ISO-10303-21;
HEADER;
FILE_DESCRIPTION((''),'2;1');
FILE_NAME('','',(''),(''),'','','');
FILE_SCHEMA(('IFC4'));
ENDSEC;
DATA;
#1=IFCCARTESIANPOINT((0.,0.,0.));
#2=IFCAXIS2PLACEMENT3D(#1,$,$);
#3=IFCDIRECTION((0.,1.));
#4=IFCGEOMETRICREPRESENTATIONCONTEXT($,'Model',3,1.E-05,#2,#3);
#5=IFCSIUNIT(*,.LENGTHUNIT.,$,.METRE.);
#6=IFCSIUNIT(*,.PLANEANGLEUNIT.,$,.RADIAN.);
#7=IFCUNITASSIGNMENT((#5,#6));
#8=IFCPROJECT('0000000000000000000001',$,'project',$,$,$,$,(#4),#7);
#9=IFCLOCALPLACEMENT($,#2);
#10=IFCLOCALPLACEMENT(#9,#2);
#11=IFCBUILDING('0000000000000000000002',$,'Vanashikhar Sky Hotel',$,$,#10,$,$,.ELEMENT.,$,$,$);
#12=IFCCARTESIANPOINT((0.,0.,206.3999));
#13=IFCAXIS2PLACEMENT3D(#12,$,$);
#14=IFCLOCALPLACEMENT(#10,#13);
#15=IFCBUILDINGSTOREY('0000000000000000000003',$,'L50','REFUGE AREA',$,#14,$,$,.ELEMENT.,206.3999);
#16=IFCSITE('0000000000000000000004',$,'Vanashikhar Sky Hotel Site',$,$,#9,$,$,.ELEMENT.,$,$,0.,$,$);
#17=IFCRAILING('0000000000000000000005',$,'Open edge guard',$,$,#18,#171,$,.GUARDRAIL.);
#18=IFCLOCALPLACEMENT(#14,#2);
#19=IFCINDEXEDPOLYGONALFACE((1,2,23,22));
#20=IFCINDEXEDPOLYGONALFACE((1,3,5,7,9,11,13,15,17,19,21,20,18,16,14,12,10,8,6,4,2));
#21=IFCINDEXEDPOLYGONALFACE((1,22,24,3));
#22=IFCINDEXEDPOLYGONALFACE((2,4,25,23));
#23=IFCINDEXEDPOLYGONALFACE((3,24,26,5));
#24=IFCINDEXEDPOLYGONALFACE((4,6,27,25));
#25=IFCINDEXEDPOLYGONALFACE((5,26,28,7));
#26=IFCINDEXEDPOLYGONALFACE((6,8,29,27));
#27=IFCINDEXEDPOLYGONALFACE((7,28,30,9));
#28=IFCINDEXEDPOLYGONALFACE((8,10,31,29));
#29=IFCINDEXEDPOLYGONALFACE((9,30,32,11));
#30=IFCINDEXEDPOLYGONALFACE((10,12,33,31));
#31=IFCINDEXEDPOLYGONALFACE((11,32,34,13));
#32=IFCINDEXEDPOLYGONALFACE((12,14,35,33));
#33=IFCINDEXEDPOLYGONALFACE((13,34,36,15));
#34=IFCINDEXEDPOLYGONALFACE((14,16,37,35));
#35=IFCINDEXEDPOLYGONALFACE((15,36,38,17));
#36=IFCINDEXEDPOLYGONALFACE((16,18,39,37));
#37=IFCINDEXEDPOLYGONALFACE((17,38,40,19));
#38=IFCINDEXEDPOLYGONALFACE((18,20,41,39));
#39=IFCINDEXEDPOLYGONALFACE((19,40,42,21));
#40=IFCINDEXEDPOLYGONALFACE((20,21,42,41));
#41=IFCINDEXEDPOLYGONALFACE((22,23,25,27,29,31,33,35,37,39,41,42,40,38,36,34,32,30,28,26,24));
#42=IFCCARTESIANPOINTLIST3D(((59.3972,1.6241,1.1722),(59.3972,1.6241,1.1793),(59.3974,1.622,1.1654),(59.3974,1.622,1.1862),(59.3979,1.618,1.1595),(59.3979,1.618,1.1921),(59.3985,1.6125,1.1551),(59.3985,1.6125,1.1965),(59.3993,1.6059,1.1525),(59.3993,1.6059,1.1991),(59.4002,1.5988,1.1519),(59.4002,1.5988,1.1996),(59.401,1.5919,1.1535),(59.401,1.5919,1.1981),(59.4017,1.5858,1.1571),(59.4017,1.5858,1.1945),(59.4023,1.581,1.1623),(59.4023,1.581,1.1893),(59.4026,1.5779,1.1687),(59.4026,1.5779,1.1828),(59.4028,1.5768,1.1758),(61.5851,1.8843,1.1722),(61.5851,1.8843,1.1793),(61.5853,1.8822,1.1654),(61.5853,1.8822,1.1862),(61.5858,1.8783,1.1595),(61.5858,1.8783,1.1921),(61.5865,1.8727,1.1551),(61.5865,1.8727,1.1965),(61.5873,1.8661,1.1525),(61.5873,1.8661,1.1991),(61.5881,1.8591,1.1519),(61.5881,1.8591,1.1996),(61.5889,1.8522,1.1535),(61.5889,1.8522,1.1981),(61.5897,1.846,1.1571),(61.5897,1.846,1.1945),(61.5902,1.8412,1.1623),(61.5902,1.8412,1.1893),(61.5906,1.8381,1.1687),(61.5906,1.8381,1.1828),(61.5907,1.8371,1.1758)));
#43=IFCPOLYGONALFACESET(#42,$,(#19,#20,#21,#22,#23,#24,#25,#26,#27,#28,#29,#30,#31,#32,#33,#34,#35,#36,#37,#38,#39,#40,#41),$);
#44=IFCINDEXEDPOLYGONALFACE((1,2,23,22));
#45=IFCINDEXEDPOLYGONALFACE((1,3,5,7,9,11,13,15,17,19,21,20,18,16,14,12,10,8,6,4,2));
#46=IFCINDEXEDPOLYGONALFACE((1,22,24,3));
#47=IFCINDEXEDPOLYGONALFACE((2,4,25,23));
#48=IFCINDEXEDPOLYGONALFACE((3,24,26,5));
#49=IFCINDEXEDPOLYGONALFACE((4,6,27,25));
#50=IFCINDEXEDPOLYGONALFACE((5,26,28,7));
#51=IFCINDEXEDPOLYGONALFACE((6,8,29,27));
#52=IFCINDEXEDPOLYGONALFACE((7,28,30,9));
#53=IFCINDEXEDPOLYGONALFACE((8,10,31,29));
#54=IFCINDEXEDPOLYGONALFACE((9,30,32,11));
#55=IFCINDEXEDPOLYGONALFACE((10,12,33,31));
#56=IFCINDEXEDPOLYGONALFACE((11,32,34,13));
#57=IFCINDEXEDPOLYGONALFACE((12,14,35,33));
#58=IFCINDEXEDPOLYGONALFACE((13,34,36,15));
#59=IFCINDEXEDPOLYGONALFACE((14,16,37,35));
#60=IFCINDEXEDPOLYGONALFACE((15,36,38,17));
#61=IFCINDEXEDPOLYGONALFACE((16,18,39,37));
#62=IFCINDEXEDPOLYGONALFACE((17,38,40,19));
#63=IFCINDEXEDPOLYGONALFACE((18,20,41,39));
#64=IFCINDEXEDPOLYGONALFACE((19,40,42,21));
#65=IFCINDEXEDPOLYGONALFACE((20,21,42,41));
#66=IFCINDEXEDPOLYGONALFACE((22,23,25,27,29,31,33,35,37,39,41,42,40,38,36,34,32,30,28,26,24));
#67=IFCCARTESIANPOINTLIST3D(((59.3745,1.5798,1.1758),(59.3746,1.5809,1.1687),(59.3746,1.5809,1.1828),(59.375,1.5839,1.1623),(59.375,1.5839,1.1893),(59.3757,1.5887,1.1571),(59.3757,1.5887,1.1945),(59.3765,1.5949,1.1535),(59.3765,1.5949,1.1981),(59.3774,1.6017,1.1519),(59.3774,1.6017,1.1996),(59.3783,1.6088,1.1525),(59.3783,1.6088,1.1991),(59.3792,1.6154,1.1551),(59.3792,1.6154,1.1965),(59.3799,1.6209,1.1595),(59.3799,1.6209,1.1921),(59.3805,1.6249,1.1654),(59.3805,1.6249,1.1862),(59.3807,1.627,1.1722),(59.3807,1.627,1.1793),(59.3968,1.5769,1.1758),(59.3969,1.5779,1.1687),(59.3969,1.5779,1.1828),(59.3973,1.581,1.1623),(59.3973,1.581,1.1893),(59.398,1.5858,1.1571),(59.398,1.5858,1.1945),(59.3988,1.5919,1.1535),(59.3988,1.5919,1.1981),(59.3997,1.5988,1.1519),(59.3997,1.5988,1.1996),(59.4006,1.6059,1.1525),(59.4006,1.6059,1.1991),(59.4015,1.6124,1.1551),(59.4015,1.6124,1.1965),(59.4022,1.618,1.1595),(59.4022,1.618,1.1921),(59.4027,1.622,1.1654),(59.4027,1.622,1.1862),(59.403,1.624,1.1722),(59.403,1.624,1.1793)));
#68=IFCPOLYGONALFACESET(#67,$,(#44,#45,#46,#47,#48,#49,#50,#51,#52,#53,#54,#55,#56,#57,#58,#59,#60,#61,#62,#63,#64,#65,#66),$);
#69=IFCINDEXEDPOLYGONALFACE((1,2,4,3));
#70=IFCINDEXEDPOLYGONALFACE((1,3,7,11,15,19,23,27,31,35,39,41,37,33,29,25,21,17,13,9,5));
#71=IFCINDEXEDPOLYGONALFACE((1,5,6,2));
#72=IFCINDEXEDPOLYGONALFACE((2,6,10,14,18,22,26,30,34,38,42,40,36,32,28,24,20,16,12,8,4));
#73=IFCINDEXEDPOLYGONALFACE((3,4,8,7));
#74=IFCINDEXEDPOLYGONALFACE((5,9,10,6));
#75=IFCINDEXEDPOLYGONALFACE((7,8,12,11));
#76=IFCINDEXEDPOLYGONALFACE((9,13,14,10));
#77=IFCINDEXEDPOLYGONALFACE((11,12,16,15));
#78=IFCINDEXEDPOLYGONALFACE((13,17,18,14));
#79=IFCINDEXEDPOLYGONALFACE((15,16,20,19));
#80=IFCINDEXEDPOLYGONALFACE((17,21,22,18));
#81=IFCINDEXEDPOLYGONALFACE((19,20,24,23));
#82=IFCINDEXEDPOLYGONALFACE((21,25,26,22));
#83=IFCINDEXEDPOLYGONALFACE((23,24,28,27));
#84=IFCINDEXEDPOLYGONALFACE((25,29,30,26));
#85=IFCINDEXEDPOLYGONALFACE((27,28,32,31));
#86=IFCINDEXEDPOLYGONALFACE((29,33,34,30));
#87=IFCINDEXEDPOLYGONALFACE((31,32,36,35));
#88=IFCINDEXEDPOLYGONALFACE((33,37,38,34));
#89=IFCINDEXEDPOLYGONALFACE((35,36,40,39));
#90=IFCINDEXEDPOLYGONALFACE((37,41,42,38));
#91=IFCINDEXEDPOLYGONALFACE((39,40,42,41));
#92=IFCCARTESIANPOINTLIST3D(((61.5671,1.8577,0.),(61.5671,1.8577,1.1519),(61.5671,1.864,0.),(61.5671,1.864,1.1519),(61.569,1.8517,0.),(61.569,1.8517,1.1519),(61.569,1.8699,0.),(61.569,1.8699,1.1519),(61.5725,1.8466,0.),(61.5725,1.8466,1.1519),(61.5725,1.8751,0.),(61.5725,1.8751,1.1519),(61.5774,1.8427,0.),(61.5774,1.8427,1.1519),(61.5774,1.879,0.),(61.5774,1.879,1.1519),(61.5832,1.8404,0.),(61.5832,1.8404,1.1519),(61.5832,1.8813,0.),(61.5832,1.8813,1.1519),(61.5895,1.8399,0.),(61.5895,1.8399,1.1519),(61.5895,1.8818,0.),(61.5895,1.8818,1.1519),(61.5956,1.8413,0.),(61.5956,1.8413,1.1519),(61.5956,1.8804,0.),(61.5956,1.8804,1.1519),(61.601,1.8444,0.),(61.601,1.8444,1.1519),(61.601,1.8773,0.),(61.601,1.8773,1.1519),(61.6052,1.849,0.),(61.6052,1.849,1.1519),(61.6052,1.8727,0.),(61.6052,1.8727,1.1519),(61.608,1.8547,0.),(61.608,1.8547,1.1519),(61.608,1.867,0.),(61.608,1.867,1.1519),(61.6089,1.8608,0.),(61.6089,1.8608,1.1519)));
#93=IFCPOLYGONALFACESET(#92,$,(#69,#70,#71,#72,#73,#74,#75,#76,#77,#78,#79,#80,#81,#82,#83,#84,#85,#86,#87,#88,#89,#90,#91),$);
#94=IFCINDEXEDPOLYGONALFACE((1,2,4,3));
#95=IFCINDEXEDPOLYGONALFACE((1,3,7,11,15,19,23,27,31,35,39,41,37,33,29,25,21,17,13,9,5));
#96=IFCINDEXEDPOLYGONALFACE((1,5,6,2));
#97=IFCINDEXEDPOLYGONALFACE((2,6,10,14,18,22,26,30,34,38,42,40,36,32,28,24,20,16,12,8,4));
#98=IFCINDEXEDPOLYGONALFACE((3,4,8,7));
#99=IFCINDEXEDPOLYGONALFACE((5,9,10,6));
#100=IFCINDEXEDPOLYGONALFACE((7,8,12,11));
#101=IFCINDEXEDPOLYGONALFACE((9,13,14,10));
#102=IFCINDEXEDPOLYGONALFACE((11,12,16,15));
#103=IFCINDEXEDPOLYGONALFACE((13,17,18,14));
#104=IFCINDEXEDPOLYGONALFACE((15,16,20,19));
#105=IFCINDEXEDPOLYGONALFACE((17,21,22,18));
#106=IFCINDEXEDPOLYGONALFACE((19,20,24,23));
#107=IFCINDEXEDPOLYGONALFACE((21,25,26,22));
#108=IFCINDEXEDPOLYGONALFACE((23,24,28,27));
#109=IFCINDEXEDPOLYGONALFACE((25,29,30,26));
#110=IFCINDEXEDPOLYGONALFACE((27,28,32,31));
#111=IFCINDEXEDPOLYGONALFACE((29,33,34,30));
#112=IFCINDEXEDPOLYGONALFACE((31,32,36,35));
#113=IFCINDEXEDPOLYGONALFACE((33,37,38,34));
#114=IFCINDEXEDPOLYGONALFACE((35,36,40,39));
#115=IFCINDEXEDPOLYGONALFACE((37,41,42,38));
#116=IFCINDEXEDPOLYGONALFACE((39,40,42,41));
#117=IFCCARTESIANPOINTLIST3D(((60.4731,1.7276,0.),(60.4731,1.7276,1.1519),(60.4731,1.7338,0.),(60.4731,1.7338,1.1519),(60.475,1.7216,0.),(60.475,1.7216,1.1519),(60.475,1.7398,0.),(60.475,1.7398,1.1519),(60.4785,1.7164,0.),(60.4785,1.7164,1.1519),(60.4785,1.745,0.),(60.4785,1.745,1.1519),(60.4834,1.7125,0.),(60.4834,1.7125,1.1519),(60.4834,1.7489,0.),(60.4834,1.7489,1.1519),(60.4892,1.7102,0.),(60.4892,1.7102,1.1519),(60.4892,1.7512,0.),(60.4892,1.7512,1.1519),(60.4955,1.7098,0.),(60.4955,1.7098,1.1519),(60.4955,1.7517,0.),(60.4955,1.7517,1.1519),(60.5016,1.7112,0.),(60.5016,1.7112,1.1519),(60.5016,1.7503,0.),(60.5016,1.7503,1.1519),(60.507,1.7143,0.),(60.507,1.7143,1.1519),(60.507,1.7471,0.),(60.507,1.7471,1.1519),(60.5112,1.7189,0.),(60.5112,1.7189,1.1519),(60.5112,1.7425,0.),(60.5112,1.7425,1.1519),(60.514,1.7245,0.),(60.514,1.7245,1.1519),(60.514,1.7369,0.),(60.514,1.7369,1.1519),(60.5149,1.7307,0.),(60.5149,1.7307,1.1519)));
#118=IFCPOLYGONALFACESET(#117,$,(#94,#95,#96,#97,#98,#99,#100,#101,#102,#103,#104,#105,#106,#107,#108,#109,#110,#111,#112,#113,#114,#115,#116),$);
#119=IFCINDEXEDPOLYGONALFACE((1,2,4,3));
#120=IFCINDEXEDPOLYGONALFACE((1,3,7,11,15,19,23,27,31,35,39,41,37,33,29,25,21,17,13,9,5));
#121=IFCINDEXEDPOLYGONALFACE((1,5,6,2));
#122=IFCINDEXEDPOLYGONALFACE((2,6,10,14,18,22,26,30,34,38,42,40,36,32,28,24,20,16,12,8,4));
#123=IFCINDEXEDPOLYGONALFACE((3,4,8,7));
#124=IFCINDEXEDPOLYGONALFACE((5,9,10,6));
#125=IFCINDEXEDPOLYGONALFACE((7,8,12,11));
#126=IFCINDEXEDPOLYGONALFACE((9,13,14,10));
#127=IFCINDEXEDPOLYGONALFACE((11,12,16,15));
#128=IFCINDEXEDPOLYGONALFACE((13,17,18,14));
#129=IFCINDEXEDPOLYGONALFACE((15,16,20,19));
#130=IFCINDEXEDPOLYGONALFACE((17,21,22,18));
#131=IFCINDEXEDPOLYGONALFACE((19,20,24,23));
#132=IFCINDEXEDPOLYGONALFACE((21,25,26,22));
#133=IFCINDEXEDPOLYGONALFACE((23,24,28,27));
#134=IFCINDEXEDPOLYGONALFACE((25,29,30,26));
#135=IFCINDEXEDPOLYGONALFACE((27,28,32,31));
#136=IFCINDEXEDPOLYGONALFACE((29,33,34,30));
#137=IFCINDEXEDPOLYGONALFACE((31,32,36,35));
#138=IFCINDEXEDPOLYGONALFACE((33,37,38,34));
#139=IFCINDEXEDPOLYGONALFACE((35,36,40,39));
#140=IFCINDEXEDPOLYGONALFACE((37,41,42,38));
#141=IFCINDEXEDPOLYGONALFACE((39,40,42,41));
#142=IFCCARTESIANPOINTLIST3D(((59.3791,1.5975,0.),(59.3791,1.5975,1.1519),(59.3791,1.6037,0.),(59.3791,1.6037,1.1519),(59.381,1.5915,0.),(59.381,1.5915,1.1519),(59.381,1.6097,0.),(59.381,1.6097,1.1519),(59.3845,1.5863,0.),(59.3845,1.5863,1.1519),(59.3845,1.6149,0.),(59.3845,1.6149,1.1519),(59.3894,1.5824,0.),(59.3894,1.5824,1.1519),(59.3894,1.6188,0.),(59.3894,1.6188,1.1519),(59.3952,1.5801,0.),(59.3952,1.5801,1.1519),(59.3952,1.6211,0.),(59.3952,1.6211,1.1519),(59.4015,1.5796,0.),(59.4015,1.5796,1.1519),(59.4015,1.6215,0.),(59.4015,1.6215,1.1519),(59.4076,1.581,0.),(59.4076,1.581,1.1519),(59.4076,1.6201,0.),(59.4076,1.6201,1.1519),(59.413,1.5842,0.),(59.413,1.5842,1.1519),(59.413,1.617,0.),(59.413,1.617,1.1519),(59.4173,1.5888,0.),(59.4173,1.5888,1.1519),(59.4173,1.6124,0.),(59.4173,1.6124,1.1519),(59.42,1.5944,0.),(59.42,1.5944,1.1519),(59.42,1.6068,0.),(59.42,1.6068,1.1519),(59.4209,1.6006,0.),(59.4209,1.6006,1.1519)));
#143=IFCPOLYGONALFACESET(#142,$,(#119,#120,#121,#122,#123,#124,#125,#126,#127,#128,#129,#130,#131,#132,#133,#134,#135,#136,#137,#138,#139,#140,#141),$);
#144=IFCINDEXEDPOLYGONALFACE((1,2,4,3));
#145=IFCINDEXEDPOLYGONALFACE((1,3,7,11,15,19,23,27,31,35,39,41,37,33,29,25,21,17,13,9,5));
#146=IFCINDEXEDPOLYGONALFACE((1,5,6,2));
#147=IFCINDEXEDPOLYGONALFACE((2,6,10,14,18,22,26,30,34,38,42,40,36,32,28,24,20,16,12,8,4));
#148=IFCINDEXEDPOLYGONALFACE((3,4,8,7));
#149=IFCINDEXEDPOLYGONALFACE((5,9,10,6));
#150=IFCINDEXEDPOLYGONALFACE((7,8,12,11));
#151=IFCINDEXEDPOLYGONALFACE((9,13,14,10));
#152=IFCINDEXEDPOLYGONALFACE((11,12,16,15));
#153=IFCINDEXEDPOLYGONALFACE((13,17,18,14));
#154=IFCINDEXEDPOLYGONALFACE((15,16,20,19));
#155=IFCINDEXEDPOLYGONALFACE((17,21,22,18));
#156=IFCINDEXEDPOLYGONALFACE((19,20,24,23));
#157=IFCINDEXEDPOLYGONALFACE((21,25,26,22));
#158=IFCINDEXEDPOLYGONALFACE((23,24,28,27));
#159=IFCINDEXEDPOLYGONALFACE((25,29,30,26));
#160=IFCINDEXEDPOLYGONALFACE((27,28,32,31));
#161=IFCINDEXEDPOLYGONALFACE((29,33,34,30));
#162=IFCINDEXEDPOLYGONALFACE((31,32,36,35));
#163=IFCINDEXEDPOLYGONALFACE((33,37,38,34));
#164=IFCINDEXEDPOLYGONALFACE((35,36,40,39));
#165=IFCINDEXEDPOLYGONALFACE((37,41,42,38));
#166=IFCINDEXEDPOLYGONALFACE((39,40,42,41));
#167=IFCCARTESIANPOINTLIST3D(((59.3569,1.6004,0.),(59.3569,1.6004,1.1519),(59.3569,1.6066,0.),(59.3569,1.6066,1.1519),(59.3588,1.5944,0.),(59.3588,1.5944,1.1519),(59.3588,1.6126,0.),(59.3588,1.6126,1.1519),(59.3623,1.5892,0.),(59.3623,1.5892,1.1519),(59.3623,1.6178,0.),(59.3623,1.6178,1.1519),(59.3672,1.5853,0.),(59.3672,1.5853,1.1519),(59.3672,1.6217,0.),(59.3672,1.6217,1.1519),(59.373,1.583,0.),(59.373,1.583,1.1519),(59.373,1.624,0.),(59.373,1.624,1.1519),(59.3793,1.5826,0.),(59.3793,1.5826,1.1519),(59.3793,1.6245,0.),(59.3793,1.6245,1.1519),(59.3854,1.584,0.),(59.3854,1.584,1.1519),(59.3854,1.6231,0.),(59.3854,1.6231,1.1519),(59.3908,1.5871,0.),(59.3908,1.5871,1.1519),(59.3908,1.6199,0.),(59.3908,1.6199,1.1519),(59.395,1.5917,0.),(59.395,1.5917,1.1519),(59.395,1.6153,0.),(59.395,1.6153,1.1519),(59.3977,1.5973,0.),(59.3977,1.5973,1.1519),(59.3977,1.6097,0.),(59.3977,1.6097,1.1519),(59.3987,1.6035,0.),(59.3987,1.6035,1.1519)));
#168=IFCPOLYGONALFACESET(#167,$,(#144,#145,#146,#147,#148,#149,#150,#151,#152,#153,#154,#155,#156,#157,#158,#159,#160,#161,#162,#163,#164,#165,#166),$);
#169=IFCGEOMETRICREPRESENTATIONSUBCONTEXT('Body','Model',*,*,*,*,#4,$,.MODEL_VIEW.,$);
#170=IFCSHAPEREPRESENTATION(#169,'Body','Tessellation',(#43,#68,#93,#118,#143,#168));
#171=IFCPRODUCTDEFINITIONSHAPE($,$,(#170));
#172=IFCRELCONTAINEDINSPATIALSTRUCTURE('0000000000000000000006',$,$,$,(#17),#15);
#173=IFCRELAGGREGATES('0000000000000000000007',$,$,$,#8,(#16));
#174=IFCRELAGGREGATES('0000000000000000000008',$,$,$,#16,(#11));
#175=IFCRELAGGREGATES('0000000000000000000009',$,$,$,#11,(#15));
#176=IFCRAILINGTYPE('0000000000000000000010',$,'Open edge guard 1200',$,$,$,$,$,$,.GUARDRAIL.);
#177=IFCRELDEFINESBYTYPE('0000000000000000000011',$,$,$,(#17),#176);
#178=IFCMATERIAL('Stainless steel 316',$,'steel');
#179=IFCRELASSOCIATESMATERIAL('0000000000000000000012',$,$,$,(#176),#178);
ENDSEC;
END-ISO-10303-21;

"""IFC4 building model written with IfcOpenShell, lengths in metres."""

from ifc_helpers import new_model, si_unit, direction, frame, origin, origin_2d, place, context, subcontext, project, spatial, circle, extrude, source, transform, mapped, material, type_object, element, save


model = new_model("IFC4")

# Units and contexts
model_context = context("Model", 3, precision=1e-05, world=origin(), true_north=direction((0.0, 1.0)))
body_context = subcontext(model_context, "Body", "Model", "MODEL_VIEW")
ifc_project = project(units=[si_unit("LENGTHUNIT", "METRE"), si_unit("PLANEANGLEUNIT", "RADIAN")], contexts=[model_context])

# Site, building, storey
site_placement = place(None, origin())
site = spatial("IfcSite", under=ifc_project, at=site_placement, Name="Vanashikhar Sky Hotel Site", CompositionType="ELEMENT", RefElevation=0.0)
building_placement = place(site_placement, origin())
building = spatial("IfcBuilding", under=site, at=building_placement, Name="Vanashikhar Sky Hotel", CompositionType="ELEMENT")
storey_placement = place(building_placement, frame((0.0, 0.0, 206.3999)))
storey = spatial("IfcBuildingStorey", under=building, at=storey_placement, Name="L50", Description="REFUGE AREA", CompositionType="ELEMENT", Elevation=206.3999)

# Railing
ifc_material_1 = material(Name="Stainless steel 316", Category="steel")
railing_type = type_object("IfcRailingType", Name="Open edge guard 1200", PredefinedType="GUARDRAIL", material=ifc_material_1)
shared_shape_1 = source(origin(), body_context, "Body", "SweptSolid", [
    extrude(circle(Radius=0.0239, at=origin_2d()), frame((0.0, 0.0, 1.1758), z_axis=(-0.993, -0.118114, 0.0), x_axis=(0.118114, -0.993, 0.0)), (0.0, 0.0, 1.0), 2.2034),
    extrude(circle(Radius=0.0239, at=origin_2d()), frame((-2.188, -0.2603, 1.1758), z_axis=(-0.991417, 0.130736, 0.0), x_axis=(-0.130736, -0.991417, 0.0)), (0.0, 0.0, 1.0), 0.0225),
    extrude(circle(Radius=0.021, at=origin_2d()), origin(), (0.0, 0.0, 1.0), 1.1519),
    extrude(circle(Radius=0.021, at=origin_2d()), frame((-1.094, -0.1301, 0.0)), (0.0, 0.0, 1.0), 1.1519),
    extrude(circle(Radius=0.021, at=origin_2d()), frame((-2.188, -0.2603, 0.0)), (0.0, 0.0, 1.0), 1.1519),
    extrude(circle(Radius=0.021, at=origin_2d()), frame((-2.2102, -0.2573, 0.0)), (0.0, 0.0, 1.0), 1.1519),
])
railing_1_placement = place(storey_placement, frame((61.5879, 1.8608, 0.0)))
element("IfcRailing", 1, at=railing_1_placement, inside=storey, type_object=railing_type, Name="Open edge guard", PredefinedType="GUARDRAIL", context=body_context, shape_type="MappedRepresentation", body=[
    mapped(shared_shape_1, transform((0.0, 0.0, 0.0), scale=1.0)),
])

save(model, "model.ifc")
